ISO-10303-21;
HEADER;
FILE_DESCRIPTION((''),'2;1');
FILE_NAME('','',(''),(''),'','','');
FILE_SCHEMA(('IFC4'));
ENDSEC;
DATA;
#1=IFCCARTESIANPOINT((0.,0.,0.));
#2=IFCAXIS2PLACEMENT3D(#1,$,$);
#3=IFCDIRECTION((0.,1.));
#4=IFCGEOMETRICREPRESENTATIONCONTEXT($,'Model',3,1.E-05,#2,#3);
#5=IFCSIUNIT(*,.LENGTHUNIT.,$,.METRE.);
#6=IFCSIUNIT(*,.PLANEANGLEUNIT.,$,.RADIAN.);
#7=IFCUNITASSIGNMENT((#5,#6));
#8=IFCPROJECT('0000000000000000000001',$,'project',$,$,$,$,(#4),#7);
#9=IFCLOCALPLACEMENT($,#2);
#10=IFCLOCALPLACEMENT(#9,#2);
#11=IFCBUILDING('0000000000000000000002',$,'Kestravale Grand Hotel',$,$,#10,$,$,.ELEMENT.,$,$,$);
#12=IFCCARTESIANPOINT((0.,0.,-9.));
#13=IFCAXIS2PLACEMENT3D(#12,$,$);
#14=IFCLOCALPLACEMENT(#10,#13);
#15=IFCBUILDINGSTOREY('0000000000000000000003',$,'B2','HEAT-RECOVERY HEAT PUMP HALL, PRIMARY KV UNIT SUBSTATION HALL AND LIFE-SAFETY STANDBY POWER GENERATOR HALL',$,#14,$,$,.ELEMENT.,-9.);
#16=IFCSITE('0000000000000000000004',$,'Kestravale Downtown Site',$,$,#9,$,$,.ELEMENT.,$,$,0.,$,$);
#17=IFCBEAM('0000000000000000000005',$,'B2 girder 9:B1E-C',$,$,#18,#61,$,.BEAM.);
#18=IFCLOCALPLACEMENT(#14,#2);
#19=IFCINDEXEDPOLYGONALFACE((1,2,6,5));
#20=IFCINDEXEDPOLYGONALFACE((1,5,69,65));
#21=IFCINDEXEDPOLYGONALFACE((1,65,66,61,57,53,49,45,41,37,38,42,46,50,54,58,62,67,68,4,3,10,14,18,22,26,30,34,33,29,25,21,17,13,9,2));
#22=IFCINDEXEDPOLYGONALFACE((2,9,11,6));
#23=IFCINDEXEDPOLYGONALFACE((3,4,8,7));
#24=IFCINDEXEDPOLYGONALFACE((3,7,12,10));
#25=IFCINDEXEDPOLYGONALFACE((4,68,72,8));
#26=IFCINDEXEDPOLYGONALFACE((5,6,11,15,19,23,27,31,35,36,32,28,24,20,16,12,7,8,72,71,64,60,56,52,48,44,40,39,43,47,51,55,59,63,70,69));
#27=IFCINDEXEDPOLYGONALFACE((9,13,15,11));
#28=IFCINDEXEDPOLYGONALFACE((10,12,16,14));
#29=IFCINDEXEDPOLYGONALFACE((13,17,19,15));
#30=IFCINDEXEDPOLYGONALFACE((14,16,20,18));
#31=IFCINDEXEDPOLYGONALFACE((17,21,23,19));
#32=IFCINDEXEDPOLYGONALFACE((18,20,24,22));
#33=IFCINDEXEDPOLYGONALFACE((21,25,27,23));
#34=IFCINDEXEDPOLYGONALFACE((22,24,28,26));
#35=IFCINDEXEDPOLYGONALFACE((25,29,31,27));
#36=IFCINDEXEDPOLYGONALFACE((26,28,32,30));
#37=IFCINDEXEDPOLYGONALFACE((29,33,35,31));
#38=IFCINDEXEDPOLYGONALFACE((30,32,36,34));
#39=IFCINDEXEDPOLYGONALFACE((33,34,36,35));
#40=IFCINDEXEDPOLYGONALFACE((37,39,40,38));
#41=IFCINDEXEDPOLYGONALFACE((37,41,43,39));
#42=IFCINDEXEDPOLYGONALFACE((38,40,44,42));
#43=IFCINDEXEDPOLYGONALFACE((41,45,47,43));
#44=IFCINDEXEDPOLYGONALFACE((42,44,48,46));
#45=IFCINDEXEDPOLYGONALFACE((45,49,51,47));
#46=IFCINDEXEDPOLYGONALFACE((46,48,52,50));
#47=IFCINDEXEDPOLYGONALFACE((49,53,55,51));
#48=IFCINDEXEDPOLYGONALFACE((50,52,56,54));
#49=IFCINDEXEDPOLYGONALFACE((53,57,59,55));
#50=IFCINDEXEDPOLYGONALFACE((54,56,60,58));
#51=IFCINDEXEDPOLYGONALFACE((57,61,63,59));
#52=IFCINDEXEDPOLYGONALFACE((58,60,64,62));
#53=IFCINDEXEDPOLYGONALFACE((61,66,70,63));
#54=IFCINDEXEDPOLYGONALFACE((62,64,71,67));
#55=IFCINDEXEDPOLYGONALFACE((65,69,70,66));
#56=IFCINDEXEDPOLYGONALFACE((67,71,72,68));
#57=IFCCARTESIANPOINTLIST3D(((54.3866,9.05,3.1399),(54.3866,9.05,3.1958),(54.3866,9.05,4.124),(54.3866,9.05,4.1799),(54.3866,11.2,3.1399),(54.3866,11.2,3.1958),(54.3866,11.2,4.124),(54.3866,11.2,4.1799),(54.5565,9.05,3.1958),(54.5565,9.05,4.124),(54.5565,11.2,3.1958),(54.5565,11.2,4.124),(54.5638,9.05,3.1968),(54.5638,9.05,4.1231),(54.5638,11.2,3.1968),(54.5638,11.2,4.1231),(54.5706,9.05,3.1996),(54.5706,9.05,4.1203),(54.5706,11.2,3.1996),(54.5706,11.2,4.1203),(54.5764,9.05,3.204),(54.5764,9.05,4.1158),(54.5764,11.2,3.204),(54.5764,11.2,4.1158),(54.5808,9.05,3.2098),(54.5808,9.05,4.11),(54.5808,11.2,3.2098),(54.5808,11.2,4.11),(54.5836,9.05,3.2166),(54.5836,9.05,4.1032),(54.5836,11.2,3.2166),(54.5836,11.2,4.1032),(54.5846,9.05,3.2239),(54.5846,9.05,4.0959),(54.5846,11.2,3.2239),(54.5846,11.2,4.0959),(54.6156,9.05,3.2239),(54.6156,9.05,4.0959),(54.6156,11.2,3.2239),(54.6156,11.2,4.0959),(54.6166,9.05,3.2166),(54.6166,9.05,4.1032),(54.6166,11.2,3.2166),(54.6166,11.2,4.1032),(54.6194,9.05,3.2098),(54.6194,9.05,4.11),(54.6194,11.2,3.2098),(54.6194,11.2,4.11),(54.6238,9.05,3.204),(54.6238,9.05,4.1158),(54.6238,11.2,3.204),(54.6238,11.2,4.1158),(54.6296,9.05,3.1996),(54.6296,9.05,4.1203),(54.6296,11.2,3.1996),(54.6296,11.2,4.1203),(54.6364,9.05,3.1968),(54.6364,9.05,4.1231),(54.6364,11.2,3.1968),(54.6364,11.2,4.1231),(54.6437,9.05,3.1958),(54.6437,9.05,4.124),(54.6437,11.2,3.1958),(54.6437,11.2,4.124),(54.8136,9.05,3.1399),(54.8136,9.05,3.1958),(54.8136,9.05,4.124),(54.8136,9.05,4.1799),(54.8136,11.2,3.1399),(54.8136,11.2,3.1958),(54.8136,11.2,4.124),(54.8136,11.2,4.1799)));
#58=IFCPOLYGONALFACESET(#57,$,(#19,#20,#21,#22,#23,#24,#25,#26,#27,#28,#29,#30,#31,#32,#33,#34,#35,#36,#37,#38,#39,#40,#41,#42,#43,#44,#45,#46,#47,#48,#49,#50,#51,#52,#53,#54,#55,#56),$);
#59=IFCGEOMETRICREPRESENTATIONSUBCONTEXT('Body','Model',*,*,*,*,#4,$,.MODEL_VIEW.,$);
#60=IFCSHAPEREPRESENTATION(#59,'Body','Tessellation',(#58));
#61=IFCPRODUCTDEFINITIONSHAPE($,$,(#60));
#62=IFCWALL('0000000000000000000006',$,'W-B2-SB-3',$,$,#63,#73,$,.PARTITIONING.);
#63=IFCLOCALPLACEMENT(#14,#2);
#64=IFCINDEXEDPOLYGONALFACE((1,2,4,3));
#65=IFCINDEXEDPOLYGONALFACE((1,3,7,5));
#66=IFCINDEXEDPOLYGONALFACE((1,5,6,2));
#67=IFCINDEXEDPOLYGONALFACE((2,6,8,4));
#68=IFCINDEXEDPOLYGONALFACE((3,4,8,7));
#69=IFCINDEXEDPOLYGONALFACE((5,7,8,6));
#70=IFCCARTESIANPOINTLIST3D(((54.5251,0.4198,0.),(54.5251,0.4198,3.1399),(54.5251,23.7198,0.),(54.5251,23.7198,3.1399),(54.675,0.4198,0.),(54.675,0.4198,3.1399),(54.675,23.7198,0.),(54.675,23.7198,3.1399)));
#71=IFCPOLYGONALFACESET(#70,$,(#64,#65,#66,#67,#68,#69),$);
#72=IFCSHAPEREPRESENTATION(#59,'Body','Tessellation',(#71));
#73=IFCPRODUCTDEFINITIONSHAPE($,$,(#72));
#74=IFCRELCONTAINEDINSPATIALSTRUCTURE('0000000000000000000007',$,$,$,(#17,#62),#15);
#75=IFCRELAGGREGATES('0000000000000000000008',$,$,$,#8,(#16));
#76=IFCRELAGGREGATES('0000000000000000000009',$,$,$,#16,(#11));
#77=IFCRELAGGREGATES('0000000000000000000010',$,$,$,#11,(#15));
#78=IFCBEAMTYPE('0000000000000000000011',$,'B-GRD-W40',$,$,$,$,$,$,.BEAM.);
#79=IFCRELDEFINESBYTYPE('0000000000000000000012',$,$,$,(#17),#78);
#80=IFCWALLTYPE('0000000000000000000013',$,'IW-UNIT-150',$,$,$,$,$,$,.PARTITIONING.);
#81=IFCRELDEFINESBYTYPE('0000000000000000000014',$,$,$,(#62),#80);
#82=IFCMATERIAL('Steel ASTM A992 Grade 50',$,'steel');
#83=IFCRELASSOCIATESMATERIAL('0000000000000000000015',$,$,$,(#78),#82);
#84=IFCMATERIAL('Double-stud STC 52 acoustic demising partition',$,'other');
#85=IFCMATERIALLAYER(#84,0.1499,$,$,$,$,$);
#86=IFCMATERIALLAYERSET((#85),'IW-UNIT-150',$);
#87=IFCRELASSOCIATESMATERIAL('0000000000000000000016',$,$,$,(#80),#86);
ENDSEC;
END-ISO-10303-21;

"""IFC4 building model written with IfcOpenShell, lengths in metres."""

from ifc_helpers import new_model, si_unit, direction, frame, frame_2d, origin, origin_2d, place, context, subcontext, project, spatial, rectangle, i_section, extrude, material, layer, layer_set, material_profile, profile_set, type_object, element, save


model = new_model("IFC4")

# Units and contexts
model_context = context("Model", 3, precision=1e-05, world=origin(), true_north=direction((0.0, 1.0)))
body_context = subcontext(model_context, "Body", "Model", "MODEL_VIEW")
ifc_project = project(units=[si_unit("LENGTHUNIT", "METRE"), si_unit("PLANEANGLEUNIT", "RADIAN")], contexts=[model_context])

# Site, building, storey
site_placement = place(None, origin())
site = spatial("IfcSite", under=ifc_project, at=site_placement, Name="Kestravale Downtown Site", CompositionType="ELEMENT", RefElevation=0.0)
building_placement = place(site_placement, origin())
building = spatial("IfcBuilding", under=site, at=building_placement, Name="Kestravale Grand Hotel", CompositionType="ELEMENT")
storey_placement = place(building_placement, frame((0.0, 0.0, -9.0)))
storey = spatial("IfcBuildingStorey", under=building, at=storey_placement, Name="B2", Description="HEAT-RECOVERY HEAT PUMP HALL, PRIMARY KV UNIT SUBSTATION HALL AND LIFE-SAFETY STANDBY POWER GENERATOR HALL", CompositionType="ELEMENT", Elevation=-9.0)

# Beam
ifc_material_1 = material(Name="Steel ASTM A992 Grade 50", Category="steel")
ifc_material_profile_1 = material_profile(ifc_material_1, i_section(OverallWidth=0.427, OverallDepth=1.04, WebThickness=0.031, FlangeThickness=0.0559, FilletRadius=0.0281, at=origin_2d()))
ifc_profile_set_1 = profile_set([ifc_material_profile_1], Name="Steel ASTM A992 Grade 50")
beam_type_1 = type_object("IfcBeamType", Name="B-GRD-W40", PredefinedType="BEAM", material=ifc_profile_set_1)
beam_1_placement = place(storey_placement, frame((54.6001, 9.05, 3.6599), z_axis=(0.0, 1.0, 0.0), x_axis=(-1.0, 0.0, 0.0)))
element("IfcBeam", 1, at=beam_1_placement, inside=storey, type_object=beam_type_1, Name="B2 girder 9:B1E-C", PredefinedType="BEAM", context=body_context, shape_type="SweptSolid", body=[
    extrude(i_section(OverallWidth=0.427, OverallDepth=1.04, WebThickness=0.031, FlangeThickness=0.0559, FilletRadius=0.0281, at=origin_2d()), origin(), (0.0, 0.0, 1.0), 2.1499),
])

# Wall
ifc_material_2 = material(Name="Double-stud STC 52 acoustic demising partition", Category="other")
ifc_layer = layer(ifc_material_2, 0.1499)
ifc_layer_set = layer_set([ifc_layer], Name="IW-UNIT-150")
wall_type = type_object("IfcWallType", Name="IW-UNIT-150", PredefinedType="PARTITIONING", material=ifc_layer_set)
wall_placement = place(storey_placement, frame((54.6001, 0.4199, 0.0), z_axis=(0.0, 0.0, 1.0), x_axis=(0.0, 1.0, 0.0)))
element("IfcWall", 2, at=wall_placement, inside=storey, type_object=wall_type, Name="W-B2-SB-3", PredefinedType="PARTITIONING", context=body_context, shape_type="SweptSolid", body=[
    extrude(rectangle(XDim=23.3, YDim=0.1499, at=frame_2d((11.6499, 0.0))), origin(), (0.0, 0.0, 1.0), 3.1399),
])

save(model, "model.ifc")
